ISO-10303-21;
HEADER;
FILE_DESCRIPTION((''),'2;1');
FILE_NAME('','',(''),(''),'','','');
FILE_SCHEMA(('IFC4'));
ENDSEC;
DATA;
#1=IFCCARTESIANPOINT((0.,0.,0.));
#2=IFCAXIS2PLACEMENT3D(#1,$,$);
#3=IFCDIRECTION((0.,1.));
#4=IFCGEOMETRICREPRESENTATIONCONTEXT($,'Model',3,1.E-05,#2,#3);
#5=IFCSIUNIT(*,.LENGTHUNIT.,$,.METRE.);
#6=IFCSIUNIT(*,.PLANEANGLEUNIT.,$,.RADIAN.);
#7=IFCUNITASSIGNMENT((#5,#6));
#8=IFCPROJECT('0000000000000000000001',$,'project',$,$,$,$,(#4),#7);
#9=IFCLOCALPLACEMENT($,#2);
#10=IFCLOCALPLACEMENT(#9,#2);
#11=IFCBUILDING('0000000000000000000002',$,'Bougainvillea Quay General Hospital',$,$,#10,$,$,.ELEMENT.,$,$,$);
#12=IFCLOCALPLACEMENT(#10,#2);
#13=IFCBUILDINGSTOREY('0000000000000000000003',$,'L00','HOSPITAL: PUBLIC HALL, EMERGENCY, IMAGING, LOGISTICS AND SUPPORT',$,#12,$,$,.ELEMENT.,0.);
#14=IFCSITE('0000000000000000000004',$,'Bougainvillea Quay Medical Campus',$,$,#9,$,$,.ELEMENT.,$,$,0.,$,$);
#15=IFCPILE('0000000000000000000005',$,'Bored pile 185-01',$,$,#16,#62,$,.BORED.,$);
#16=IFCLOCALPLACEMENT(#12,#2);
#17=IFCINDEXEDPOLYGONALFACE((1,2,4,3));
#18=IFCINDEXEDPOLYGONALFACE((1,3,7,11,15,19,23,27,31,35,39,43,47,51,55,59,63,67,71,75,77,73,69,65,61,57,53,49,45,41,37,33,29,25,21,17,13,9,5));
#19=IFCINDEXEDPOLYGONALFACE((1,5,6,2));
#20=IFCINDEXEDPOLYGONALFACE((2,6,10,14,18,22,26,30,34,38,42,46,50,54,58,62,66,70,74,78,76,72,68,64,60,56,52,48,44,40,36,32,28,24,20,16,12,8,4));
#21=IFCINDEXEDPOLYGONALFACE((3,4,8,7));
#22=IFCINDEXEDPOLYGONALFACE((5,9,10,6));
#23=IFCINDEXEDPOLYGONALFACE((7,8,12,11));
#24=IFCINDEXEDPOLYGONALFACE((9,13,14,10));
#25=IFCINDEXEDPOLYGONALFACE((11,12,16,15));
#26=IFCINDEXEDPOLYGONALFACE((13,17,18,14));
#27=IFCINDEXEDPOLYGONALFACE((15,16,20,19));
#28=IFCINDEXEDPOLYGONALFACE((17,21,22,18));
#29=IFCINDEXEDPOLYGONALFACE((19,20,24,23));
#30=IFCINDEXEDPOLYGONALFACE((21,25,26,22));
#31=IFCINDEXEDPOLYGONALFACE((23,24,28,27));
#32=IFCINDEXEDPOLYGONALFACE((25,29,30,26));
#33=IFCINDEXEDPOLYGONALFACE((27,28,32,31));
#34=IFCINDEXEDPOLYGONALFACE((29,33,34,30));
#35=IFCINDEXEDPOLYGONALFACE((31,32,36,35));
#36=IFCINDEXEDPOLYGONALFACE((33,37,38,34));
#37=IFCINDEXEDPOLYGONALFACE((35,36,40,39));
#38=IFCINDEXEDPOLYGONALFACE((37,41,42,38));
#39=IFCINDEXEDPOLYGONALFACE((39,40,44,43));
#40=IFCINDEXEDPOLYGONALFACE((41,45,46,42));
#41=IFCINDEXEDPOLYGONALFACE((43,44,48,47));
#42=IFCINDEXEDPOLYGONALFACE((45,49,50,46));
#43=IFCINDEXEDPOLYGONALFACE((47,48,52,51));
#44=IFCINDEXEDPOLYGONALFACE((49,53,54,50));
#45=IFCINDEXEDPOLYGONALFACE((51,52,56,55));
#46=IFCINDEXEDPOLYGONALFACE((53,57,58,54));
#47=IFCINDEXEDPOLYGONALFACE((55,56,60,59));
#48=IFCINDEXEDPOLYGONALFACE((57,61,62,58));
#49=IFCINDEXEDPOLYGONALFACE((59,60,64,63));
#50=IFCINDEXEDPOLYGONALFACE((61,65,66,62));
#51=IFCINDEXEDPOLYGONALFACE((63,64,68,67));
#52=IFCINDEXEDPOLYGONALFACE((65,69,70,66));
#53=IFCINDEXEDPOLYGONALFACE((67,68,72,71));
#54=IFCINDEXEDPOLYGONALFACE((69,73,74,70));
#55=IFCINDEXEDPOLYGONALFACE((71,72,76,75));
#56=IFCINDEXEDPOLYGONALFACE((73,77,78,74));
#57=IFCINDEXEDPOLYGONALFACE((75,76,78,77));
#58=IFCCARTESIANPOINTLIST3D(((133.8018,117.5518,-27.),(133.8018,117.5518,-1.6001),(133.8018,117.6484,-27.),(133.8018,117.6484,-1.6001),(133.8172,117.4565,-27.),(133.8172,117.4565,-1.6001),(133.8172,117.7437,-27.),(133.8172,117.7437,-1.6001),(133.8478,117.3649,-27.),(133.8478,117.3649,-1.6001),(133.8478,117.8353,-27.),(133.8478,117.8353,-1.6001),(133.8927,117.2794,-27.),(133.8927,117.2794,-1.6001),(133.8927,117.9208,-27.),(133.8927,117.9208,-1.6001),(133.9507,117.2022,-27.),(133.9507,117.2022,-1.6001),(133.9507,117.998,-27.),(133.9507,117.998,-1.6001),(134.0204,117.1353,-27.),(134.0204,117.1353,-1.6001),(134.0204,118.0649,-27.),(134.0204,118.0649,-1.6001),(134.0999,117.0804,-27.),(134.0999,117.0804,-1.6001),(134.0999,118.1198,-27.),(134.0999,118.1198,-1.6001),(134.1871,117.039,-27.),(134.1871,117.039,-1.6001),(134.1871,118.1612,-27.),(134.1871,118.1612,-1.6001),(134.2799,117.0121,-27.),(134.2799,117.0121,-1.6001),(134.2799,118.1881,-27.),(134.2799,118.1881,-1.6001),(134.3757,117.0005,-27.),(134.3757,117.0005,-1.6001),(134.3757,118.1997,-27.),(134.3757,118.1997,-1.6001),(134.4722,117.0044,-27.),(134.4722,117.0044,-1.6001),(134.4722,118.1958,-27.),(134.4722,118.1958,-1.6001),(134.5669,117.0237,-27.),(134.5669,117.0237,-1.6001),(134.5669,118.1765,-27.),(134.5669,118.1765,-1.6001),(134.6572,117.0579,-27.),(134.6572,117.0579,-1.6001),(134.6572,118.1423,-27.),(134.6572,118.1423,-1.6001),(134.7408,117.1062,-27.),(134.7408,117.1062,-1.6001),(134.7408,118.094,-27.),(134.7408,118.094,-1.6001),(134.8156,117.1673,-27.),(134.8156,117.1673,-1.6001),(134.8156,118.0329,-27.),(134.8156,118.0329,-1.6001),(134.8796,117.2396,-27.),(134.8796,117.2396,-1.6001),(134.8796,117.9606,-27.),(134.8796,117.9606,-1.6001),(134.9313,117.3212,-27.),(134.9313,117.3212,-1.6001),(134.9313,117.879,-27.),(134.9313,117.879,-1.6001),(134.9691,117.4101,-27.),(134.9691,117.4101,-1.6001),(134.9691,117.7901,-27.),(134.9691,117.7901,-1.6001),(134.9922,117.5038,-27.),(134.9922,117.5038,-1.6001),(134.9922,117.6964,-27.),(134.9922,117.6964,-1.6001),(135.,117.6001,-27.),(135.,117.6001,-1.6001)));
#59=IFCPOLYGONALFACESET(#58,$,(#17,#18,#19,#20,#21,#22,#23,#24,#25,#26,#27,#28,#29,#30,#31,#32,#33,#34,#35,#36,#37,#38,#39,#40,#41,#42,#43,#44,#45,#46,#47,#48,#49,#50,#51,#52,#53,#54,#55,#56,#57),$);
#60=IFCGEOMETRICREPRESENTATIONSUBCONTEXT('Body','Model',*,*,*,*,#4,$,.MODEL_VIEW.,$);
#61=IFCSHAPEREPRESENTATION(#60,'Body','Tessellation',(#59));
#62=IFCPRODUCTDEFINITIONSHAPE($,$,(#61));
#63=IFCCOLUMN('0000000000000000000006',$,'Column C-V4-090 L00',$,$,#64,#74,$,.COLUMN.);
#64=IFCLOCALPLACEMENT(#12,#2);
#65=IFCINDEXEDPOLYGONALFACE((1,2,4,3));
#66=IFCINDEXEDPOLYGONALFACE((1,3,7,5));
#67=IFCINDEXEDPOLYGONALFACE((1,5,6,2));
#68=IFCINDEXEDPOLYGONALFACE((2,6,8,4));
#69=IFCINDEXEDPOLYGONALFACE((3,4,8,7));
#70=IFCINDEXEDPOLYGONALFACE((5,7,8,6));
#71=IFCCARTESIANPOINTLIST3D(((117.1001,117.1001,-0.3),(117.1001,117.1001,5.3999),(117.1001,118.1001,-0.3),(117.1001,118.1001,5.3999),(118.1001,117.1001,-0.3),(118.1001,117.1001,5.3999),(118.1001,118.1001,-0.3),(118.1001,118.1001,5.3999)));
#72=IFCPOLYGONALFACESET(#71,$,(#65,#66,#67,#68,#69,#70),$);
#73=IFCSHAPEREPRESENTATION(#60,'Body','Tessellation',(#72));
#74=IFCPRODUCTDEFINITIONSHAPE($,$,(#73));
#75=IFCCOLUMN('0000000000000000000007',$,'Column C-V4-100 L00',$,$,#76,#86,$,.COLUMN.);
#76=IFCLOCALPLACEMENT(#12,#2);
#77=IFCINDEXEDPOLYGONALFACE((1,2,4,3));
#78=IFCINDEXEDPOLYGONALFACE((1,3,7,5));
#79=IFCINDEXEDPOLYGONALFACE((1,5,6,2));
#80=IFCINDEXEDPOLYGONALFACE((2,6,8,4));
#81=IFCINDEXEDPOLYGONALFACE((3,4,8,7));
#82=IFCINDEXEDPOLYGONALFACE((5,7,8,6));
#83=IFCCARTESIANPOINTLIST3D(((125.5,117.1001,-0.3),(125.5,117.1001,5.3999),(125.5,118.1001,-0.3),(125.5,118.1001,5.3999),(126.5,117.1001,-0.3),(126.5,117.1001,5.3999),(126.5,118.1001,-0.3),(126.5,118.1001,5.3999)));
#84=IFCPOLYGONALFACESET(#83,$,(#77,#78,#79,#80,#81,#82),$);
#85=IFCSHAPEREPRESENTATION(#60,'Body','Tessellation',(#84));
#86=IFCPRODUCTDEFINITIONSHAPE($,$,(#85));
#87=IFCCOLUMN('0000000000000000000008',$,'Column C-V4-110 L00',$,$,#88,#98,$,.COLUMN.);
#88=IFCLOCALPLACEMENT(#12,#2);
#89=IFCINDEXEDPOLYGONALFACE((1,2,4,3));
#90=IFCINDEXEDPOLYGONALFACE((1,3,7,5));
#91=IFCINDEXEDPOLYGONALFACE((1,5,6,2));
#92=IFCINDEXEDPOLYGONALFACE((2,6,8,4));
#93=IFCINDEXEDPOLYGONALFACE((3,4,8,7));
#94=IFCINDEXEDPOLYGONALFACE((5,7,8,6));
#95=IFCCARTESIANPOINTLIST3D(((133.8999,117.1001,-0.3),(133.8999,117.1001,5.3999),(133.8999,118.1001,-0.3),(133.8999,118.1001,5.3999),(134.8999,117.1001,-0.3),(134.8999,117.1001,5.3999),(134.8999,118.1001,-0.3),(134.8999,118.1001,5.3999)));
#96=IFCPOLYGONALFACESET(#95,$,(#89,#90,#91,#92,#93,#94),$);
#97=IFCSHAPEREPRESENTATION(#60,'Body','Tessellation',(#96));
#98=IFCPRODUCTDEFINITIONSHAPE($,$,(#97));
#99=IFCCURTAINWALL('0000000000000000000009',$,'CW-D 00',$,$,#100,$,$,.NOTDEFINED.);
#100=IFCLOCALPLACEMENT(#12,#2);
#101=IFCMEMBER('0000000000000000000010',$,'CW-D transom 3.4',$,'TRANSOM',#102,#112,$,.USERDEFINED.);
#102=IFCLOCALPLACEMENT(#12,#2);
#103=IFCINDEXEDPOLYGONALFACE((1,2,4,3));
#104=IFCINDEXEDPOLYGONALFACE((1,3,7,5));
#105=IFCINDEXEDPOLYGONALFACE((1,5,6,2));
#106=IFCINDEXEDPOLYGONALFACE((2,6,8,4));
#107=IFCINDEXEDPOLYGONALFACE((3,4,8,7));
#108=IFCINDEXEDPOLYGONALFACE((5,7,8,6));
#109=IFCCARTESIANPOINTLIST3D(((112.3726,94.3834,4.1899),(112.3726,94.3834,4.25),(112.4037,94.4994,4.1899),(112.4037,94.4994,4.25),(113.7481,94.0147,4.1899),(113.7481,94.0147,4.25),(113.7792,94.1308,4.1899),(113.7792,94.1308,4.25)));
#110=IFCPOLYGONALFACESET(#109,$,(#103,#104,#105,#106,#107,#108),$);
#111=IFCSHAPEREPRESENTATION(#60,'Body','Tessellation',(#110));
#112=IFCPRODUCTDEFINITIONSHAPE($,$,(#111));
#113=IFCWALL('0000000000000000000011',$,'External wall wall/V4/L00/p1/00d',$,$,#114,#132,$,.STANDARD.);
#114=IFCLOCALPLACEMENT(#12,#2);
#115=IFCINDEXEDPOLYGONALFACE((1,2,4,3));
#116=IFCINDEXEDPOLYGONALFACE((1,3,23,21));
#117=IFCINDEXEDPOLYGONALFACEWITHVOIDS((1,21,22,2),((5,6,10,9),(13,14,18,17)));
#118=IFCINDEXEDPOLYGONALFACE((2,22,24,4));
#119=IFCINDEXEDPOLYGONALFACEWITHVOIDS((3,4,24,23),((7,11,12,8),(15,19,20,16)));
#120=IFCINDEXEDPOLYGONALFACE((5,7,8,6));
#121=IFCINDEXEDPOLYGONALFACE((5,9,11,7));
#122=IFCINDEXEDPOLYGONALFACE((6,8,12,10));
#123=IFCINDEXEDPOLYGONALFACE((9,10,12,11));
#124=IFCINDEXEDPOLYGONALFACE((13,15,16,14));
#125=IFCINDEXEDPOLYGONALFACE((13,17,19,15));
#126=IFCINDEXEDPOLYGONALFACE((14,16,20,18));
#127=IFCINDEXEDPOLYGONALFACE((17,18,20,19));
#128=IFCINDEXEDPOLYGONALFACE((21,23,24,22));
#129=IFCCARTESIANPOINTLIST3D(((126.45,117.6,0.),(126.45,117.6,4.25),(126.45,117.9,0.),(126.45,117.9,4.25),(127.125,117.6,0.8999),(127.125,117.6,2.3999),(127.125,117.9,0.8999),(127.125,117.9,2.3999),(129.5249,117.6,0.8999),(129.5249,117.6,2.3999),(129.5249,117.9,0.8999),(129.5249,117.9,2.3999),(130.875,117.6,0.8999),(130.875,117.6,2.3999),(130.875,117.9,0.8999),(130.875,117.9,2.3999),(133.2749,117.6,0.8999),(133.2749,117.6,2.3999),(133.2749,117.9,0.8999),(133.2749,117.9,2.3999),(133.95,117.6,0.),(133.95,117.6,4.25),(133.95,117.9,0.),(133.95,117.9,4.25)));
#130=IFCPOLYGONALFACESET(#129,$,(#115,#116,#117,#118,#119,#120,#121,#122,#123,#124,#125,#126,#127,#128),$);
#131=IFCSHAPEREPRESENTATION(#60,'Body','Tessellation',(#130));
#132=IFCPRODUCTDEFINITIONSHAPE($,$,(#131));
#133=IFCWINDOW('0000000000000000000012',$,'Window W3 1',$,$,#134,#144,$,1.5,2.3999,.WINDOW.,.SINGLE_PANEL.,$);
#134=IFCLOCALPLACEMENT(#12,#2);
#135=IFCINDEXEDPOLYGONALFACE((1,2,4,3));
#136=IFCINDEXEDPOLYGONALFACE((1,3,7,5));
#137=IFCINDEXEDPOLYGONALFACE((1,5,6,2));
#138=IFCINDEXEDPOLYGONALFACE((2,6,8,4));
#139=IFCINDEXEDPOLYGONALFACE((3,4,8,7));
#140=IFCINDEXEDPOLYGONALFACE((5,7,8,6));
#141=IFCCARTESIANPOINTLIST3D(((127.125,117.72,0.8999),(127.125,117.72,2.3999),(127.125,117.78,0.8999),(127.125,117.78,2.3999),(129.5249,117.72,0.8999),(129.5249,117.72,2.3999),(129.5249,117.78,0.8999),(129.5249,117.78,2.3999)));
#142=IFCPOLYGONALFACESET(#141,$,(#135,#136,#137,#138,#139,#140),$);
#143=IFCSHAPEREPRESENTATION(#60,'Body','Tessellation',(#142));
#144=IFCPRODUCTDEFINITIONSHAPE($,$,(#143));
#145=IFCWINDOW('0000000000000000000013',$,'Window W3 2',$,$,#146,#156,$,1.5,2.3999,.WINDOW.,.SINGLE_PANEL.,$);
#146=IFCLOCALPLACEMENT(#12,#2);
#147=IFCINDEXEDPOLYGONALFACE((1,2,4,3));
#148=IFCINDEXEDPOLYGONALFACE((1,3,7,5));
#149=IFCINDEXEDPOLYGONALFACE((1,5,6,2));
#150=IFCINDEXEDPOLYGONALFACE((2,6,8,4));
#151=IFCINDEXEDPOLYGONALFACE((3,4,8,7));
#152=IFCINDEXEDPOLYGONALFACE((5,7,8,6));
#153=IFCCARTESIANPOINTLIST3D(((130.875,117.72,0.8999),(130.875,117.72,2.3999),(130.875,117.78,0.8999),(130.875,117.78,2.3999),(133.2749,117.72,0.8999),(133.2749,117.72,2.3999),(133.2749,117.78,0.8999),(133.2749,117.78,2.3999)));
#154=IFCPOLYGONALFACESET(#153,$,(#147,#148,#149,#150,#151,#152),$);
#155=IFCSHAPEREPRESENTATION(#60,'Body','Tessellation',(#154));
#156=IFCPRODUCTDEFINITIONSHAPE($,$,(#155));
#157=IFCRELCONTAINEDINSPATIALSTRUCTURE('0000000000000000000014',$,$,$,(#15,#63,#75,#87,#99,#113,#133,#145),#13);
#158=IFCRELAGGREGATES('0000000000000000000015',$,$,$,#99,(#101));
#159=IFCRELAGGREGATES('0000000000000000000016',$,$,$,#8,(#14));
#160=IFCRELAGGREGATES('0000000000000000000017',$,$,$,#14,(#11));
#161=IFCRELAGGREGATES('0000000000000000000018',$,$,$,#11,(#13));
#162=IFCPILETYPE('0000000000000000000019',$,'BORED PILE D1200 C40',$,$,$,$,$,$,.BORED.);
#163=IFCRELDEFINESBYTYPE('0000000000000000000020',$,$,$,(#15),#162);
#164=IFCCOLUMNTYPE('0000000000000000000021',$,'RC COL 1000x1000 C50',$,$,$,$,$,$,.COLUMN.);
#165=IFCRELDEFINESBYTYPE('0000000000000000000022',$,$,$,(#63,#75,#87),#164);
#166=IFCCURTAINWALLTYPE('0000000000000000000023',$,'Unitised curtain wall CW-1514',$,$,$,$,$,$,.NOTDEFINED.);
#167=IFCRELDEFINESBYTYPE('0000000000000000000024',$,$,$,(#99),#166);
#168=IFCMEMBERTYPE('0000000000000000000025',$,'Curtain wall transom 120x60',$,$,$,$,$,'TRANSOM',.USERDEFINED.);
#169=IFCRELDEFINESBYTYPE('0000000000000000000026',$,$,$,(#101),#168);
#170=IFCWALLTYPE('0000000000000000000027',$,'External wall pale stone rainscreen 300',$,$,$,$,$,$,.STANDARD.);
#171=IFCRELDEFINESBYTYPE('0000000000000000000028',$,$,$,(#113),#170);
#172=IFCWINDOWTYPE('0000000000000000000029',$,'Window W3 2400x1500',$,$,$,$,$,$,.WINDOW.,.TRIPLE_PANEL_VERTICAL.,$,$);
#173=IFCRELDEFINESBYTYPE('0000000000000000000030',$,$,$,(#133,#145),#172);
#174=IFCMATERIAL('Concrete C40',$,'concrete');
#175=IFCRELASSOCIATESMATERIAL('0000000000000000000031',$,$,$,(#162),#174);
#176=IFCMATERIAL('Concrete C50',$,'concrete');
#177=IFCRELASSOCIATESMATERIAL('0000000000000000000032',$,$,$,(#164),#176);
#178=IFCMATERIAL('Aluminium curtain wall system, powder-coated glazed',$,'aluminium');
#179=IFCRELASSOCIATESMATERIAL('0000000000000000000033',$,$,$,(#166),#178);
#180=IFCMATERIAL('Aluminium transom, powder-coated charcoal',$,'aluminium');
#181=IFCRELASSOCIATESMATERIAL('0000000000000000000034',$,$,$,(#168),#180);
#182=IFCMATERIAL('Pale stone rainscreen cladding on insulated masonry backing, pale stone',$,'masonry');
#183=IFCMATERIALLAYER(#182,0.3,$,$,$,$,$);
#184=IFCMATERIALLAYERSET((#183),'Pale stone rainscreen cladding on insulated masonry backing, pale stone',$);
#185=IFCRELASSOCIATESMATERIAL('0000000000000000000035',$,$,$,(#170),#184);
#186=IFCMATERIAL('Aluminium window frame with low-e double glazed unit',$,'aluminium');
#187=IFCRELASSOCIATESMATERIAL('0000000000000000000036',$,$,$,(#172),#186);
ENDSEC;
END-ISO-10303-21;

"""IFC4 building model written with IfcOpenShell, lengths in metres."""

from ifc_helpers import new_model, si_unit, direction, frame, frame_2d, origin, origin_2d, place, context, subcontext, project, spatial, rectangle, circle, extrude, material, layer, layer_set, material_profile, profile_set, type_object, element, fill, aggregate, save


model = new_model("IFC4")

# Units and contexts
model_context = context("Model", 3, precision=1e-05, world=origin(), true_north=direction((0.0, 1.0)))
body_context = subcontext(model_context, "Body", "Model", "MODEL_VIEW")
ifc_project = project(units=[si_unit("LENGTHUNIT", "METRE"), si_unit("PLANEANGLEUNIT", "RADIAN")], contexts=[model_context])

# Site, building, storey
site_placement = place(None, origin())
site = spatial("IfcSite", under=ifc_project, at=site_placement, Name="Bougainvillea Quay Medical Campus", CompositionType="ELEMENT", RefElevation=0.0)
building_placement = place(site_placement, origin())
building = spatial("IfcBuilding", under=site, at=building_placement, Name="Bougainvillea Quay General Hospital", CompositionType="ELEMENT")
storey_placement = place(building_placement, origin())
storey = spatial("IfcBuildingStorey", under=building, at=storey_placement, Name="L00", Description="HOSPITAL: PUBLIC HALL, EMERGENCY, IMAGING, LOGISTICS AND SUPPORT", CompositionType="ELEMENT", Elevation=0.0)

# Pile
ifc_material_1 = material(Name="Concrete C40", Category="concrete")
ifc_material_profile_1 = material_profile(ifc_material_1, circle(Radius=0.6001, at=origin_2d()))
ifc_profile_set_1 = profile_set([ifc_material_profile_1], Name="Concrete C40")
pile_type = type_object("IfcPileType", Name="BORED PILE D1200 C40", PredefinedType="BORED", material=ifc_profile_set_1)
pile_placement = place(storey_placement, frame((134.3999, 117.6001, -1.6001), z_axis=(0.0, 0.0, -1.0), x_axis=(1.0, 0.0, 0.0)))
element("IfcPile", 1, at=pile_placement, inside=storey, type_object=pile_type, Name="Bored pile 185-01", PredefinedType="BORED", context=body_context, shape_type="SweptSolid", body=[
    extrude(circle(Radius=0.6001, at=origin_2d()), origin(), (0.0, 0.0, 1.0), 25.3999),
])

# Columns
ifc_material_2 = material(Name="Concrete C50", Category="concrete")
ifc_material_profile_2 = material_profile(ifc_material_2, rectangle(XDim=1.0, YDim=1.0, at=origin_2d()))
ifc_profile_set_2 = profile_set([ifc_material_profile_2], Name="Concrete C50")
column_type = type_object("IfcColumnType", Name="RC COL 1000x1000 C50", PredefinedType="COLUMN", material=ifc_profile_set_2)
for number, where, z_axis, x_axis, name in (
    (2, (117.6001, 117.6001, -0.3), (0.0, 0.0, 1.0), (1.0, 0.0, 0.0), "Column C-V4-090 L00"),
    (3, (126.0, 117.6001, -0.3), (0.0, 0.0, 1.0), (1.0, 0.0, 0.0), "Column C-V4-100 L00"),
    (4, (134.3999, 117.6001, -0.3), (0.0, 0.0, 1.0), (1.0, 0.0, 0.0), "Column C-V4-110 L00"),
):
    element("IfcColumn", number, at=place(storey_placement, frame(where, z_axis=z_axis, x_axis=x_axis)), inside=storey, type_object=column_type, Name=name, PredefinedType="COLUMN", context=body_context, shape_type="SweptSolid", body=[
        extrude(rectangle(XDim=1.0, YDim=1.0, at=origin_2d()), origin(), (0.0, 0.0, 1.0), 5.7),
    ])

# Curtain wall, member
ifc_material_3 = material(Name="Aluminium curtain wall system, powder-coated glazed", Category="aluminium")
curtain_wall_type = type_object("IfcCurtainWallType", Name="Unitised curtain wall CW-1514", PredefinedType="NOTDEFINED", material=ifc_material_3)
curtain_wall_placement = place(storey_placement, origin())
curtain_wall = element("IfcCurtainWall", 5, at=curtain_wall_placement, inside=storey, type_object=curtain_wall_type, Name="CW-D 00", PredefinedType="NOTDEFINED")
ifc_material_4 = material(Name="Aluminium transom, powder-coated charcoal", Category="aluminium")
ifc_material_profile_3 = material_profile(ifc_material_4, rectangle(XDim=0.1201, YDim=0.0601, at=origin_2d()))
ifc_profile_set_3 = profile_set([ifc_material_profile_3], Name="Aluminium transom, powder-coated charcoal")
member_type = type_object("IfcMemberType", Name="Curtain wall transom 120x60", ElementType="TRANSOM", PredefinedType="USERDEFINED", material=ifc_profile_set_3)
member_placement = place(storey_placement, frame((113.7637, 94.0728, 4.22), z_axis=(-0.96591, 0.258879, 0.0), x_axis=(-0.258879, -0.96591, 0.0)))
member = element("IfcMember", 6, at=member_placement, type_object=member_type, Name="CW-D transom 3.4", ObjectType="TRANSOM", PredefinedType="USERDEFINED", context=body_context, shape_type="SweptSolid", body=[
    extrude(rectangle(XDim=0.1201, YDim=0.0601, at=origin_2d()), origin(), (0.0, 0.0, 1.0), 1.4241),
])
aggregate(curtain_wall, [member])

# Wall, openings, windows
ifc_material_5 = material(Name="Pale stone rainscreen cladding on insulated masonry backing, pale stone", Category="masonry")
ifc_layer_1 = layer(ifc_material_5, 0.3)
ifc_layer_set_1 = layer_set([ifc_layer_1], Name="Pale stone rainscreen cladding on insulated masonry backing, pale stone")
wall_type_1 = type_object("IfcWallType", Name="External wall pale stone rainscreen 300", PredefinedType="STANDARD", material=ifc_layer_set_1)
wall_1_placement = place(storey_placement, frame((126.45, 117.75, 0.0), z_axis=(0.0, 0.0, 1.0), x_axis=(1.0, 0.0, 0.0)))
wall_1 = element("IfcWall", 7, at=wall_1_placement, inside=storey, type_object=wall_type_1, Name="External wall wall/V4/L00/p1/00d", PredefinedType="STANDARD", context=body_context, shape_type="SweptSolid", body=[
    extrude(rectangle(XDim=7.5, YDim=0.3, at=frame_2d((3.75, 0.0))), origin(), (0.0, 0.0, 1.0), 4.25),
])
opening_1_placement = place(wall_1_placement, frame((0.675, 0.0, 0.8999)))
opening_1 = element("IfcOpeningElement", 8, at=opening_1_placement, cuts=wall_1, PredefinedType="OPENING", context=body_context, shape_type="SweptSolid", body=[
    extrude(rectangle(XDim=2.3999, YDim=1.5, at=frame_2d((1.2, 0.75))), frame((0.0, 0.1599, 0.0), z_axis=(0.0, -1.0, 0.0), x_axis=(1.0, 0.0, 0.0)), (0.0, 0.0, 1.0), 0.3201),
])
opening_2_placement = place(wall_1_placement, frame((4.425, 0.0, 0.8999)))
opening_2 = element("IfcOpeningElement", 9, at=opening_2_placement, cuts=wall_1, PredefinedType="OPENING", context=body_context, shape_type="SweptSolid", body=[
    extrude(rectangle(XDim=2.3999, YDim=1.5, at=frame_2d((1.2, 0.75))), frame((0.0, 0.1599, 0.0), z_axis=(0.0, -1.0, 0.0), x_axis=(1.0, 0.0, 0.0)), (0.0, 0.0, 1.0), 0.3201),
])
ifc_material_6 = material(Name="Aluminium window frame with low-e double glazed unit", Category="aluminium")
window_type = type_object("IfcWindowType", Name="Window W3 2400x1500", PartitioningType="TRIPLE_PANEL_VERTICAL", PredefinedType="WINDOW", material=ifc_material_6)
window_1_placement = place(opening_1_placement, origin())
window_1 = element("IfcWindow", 10, at=window_1_placement, inside=storey, type_object=window_type, Name="Window W3 1", OverallHeight=1.5, OverallWidth=2.3999, PartitioningType="SINGLE_PANEL", PredefinedType="WINDOW", context=body_context, shape_type="SweptSolid", body=[
    extrude(rectangle(XDim=2.3999, YDim=1.5, at=frame_2d((1.2, 0.75))), frame((0.0, 0.03, 0.0), z_axis=(0.0, -1.0, 0.0), x_axis=(1.0, 0.0, 0.0)), (0.0, 0.0, 1.0), 0.0601),
])
fill(opening_1, window_1)
window_2_placement = place(opening_2_placement, origin())
window_2 = element("IfcWindow", 11, at=window_2_placement, inside=storey, type_object=window_type, Name="Window W3 2", OverallHeight=1.5, OverallWidth=2.3999, PartitioningType="SINGLE_PANEL", PredefinedType="WINDOW", context=body_context, shape_type="SweptSolid", body=[
    extrude(rectangle(XDim=2.3999, YDim=1.5, at=frame_2d((1.2, 0.75))), frame((0.0, 0.03, 0.0), z_axis=(0.0, -1.0, 0.0), x_axis=(1.0, 0.0, 0.0)), (0.0, 0.0, 1.0), 0.0601),
])
fill(opening_2, window_2)

save(model, "model.ifc")
